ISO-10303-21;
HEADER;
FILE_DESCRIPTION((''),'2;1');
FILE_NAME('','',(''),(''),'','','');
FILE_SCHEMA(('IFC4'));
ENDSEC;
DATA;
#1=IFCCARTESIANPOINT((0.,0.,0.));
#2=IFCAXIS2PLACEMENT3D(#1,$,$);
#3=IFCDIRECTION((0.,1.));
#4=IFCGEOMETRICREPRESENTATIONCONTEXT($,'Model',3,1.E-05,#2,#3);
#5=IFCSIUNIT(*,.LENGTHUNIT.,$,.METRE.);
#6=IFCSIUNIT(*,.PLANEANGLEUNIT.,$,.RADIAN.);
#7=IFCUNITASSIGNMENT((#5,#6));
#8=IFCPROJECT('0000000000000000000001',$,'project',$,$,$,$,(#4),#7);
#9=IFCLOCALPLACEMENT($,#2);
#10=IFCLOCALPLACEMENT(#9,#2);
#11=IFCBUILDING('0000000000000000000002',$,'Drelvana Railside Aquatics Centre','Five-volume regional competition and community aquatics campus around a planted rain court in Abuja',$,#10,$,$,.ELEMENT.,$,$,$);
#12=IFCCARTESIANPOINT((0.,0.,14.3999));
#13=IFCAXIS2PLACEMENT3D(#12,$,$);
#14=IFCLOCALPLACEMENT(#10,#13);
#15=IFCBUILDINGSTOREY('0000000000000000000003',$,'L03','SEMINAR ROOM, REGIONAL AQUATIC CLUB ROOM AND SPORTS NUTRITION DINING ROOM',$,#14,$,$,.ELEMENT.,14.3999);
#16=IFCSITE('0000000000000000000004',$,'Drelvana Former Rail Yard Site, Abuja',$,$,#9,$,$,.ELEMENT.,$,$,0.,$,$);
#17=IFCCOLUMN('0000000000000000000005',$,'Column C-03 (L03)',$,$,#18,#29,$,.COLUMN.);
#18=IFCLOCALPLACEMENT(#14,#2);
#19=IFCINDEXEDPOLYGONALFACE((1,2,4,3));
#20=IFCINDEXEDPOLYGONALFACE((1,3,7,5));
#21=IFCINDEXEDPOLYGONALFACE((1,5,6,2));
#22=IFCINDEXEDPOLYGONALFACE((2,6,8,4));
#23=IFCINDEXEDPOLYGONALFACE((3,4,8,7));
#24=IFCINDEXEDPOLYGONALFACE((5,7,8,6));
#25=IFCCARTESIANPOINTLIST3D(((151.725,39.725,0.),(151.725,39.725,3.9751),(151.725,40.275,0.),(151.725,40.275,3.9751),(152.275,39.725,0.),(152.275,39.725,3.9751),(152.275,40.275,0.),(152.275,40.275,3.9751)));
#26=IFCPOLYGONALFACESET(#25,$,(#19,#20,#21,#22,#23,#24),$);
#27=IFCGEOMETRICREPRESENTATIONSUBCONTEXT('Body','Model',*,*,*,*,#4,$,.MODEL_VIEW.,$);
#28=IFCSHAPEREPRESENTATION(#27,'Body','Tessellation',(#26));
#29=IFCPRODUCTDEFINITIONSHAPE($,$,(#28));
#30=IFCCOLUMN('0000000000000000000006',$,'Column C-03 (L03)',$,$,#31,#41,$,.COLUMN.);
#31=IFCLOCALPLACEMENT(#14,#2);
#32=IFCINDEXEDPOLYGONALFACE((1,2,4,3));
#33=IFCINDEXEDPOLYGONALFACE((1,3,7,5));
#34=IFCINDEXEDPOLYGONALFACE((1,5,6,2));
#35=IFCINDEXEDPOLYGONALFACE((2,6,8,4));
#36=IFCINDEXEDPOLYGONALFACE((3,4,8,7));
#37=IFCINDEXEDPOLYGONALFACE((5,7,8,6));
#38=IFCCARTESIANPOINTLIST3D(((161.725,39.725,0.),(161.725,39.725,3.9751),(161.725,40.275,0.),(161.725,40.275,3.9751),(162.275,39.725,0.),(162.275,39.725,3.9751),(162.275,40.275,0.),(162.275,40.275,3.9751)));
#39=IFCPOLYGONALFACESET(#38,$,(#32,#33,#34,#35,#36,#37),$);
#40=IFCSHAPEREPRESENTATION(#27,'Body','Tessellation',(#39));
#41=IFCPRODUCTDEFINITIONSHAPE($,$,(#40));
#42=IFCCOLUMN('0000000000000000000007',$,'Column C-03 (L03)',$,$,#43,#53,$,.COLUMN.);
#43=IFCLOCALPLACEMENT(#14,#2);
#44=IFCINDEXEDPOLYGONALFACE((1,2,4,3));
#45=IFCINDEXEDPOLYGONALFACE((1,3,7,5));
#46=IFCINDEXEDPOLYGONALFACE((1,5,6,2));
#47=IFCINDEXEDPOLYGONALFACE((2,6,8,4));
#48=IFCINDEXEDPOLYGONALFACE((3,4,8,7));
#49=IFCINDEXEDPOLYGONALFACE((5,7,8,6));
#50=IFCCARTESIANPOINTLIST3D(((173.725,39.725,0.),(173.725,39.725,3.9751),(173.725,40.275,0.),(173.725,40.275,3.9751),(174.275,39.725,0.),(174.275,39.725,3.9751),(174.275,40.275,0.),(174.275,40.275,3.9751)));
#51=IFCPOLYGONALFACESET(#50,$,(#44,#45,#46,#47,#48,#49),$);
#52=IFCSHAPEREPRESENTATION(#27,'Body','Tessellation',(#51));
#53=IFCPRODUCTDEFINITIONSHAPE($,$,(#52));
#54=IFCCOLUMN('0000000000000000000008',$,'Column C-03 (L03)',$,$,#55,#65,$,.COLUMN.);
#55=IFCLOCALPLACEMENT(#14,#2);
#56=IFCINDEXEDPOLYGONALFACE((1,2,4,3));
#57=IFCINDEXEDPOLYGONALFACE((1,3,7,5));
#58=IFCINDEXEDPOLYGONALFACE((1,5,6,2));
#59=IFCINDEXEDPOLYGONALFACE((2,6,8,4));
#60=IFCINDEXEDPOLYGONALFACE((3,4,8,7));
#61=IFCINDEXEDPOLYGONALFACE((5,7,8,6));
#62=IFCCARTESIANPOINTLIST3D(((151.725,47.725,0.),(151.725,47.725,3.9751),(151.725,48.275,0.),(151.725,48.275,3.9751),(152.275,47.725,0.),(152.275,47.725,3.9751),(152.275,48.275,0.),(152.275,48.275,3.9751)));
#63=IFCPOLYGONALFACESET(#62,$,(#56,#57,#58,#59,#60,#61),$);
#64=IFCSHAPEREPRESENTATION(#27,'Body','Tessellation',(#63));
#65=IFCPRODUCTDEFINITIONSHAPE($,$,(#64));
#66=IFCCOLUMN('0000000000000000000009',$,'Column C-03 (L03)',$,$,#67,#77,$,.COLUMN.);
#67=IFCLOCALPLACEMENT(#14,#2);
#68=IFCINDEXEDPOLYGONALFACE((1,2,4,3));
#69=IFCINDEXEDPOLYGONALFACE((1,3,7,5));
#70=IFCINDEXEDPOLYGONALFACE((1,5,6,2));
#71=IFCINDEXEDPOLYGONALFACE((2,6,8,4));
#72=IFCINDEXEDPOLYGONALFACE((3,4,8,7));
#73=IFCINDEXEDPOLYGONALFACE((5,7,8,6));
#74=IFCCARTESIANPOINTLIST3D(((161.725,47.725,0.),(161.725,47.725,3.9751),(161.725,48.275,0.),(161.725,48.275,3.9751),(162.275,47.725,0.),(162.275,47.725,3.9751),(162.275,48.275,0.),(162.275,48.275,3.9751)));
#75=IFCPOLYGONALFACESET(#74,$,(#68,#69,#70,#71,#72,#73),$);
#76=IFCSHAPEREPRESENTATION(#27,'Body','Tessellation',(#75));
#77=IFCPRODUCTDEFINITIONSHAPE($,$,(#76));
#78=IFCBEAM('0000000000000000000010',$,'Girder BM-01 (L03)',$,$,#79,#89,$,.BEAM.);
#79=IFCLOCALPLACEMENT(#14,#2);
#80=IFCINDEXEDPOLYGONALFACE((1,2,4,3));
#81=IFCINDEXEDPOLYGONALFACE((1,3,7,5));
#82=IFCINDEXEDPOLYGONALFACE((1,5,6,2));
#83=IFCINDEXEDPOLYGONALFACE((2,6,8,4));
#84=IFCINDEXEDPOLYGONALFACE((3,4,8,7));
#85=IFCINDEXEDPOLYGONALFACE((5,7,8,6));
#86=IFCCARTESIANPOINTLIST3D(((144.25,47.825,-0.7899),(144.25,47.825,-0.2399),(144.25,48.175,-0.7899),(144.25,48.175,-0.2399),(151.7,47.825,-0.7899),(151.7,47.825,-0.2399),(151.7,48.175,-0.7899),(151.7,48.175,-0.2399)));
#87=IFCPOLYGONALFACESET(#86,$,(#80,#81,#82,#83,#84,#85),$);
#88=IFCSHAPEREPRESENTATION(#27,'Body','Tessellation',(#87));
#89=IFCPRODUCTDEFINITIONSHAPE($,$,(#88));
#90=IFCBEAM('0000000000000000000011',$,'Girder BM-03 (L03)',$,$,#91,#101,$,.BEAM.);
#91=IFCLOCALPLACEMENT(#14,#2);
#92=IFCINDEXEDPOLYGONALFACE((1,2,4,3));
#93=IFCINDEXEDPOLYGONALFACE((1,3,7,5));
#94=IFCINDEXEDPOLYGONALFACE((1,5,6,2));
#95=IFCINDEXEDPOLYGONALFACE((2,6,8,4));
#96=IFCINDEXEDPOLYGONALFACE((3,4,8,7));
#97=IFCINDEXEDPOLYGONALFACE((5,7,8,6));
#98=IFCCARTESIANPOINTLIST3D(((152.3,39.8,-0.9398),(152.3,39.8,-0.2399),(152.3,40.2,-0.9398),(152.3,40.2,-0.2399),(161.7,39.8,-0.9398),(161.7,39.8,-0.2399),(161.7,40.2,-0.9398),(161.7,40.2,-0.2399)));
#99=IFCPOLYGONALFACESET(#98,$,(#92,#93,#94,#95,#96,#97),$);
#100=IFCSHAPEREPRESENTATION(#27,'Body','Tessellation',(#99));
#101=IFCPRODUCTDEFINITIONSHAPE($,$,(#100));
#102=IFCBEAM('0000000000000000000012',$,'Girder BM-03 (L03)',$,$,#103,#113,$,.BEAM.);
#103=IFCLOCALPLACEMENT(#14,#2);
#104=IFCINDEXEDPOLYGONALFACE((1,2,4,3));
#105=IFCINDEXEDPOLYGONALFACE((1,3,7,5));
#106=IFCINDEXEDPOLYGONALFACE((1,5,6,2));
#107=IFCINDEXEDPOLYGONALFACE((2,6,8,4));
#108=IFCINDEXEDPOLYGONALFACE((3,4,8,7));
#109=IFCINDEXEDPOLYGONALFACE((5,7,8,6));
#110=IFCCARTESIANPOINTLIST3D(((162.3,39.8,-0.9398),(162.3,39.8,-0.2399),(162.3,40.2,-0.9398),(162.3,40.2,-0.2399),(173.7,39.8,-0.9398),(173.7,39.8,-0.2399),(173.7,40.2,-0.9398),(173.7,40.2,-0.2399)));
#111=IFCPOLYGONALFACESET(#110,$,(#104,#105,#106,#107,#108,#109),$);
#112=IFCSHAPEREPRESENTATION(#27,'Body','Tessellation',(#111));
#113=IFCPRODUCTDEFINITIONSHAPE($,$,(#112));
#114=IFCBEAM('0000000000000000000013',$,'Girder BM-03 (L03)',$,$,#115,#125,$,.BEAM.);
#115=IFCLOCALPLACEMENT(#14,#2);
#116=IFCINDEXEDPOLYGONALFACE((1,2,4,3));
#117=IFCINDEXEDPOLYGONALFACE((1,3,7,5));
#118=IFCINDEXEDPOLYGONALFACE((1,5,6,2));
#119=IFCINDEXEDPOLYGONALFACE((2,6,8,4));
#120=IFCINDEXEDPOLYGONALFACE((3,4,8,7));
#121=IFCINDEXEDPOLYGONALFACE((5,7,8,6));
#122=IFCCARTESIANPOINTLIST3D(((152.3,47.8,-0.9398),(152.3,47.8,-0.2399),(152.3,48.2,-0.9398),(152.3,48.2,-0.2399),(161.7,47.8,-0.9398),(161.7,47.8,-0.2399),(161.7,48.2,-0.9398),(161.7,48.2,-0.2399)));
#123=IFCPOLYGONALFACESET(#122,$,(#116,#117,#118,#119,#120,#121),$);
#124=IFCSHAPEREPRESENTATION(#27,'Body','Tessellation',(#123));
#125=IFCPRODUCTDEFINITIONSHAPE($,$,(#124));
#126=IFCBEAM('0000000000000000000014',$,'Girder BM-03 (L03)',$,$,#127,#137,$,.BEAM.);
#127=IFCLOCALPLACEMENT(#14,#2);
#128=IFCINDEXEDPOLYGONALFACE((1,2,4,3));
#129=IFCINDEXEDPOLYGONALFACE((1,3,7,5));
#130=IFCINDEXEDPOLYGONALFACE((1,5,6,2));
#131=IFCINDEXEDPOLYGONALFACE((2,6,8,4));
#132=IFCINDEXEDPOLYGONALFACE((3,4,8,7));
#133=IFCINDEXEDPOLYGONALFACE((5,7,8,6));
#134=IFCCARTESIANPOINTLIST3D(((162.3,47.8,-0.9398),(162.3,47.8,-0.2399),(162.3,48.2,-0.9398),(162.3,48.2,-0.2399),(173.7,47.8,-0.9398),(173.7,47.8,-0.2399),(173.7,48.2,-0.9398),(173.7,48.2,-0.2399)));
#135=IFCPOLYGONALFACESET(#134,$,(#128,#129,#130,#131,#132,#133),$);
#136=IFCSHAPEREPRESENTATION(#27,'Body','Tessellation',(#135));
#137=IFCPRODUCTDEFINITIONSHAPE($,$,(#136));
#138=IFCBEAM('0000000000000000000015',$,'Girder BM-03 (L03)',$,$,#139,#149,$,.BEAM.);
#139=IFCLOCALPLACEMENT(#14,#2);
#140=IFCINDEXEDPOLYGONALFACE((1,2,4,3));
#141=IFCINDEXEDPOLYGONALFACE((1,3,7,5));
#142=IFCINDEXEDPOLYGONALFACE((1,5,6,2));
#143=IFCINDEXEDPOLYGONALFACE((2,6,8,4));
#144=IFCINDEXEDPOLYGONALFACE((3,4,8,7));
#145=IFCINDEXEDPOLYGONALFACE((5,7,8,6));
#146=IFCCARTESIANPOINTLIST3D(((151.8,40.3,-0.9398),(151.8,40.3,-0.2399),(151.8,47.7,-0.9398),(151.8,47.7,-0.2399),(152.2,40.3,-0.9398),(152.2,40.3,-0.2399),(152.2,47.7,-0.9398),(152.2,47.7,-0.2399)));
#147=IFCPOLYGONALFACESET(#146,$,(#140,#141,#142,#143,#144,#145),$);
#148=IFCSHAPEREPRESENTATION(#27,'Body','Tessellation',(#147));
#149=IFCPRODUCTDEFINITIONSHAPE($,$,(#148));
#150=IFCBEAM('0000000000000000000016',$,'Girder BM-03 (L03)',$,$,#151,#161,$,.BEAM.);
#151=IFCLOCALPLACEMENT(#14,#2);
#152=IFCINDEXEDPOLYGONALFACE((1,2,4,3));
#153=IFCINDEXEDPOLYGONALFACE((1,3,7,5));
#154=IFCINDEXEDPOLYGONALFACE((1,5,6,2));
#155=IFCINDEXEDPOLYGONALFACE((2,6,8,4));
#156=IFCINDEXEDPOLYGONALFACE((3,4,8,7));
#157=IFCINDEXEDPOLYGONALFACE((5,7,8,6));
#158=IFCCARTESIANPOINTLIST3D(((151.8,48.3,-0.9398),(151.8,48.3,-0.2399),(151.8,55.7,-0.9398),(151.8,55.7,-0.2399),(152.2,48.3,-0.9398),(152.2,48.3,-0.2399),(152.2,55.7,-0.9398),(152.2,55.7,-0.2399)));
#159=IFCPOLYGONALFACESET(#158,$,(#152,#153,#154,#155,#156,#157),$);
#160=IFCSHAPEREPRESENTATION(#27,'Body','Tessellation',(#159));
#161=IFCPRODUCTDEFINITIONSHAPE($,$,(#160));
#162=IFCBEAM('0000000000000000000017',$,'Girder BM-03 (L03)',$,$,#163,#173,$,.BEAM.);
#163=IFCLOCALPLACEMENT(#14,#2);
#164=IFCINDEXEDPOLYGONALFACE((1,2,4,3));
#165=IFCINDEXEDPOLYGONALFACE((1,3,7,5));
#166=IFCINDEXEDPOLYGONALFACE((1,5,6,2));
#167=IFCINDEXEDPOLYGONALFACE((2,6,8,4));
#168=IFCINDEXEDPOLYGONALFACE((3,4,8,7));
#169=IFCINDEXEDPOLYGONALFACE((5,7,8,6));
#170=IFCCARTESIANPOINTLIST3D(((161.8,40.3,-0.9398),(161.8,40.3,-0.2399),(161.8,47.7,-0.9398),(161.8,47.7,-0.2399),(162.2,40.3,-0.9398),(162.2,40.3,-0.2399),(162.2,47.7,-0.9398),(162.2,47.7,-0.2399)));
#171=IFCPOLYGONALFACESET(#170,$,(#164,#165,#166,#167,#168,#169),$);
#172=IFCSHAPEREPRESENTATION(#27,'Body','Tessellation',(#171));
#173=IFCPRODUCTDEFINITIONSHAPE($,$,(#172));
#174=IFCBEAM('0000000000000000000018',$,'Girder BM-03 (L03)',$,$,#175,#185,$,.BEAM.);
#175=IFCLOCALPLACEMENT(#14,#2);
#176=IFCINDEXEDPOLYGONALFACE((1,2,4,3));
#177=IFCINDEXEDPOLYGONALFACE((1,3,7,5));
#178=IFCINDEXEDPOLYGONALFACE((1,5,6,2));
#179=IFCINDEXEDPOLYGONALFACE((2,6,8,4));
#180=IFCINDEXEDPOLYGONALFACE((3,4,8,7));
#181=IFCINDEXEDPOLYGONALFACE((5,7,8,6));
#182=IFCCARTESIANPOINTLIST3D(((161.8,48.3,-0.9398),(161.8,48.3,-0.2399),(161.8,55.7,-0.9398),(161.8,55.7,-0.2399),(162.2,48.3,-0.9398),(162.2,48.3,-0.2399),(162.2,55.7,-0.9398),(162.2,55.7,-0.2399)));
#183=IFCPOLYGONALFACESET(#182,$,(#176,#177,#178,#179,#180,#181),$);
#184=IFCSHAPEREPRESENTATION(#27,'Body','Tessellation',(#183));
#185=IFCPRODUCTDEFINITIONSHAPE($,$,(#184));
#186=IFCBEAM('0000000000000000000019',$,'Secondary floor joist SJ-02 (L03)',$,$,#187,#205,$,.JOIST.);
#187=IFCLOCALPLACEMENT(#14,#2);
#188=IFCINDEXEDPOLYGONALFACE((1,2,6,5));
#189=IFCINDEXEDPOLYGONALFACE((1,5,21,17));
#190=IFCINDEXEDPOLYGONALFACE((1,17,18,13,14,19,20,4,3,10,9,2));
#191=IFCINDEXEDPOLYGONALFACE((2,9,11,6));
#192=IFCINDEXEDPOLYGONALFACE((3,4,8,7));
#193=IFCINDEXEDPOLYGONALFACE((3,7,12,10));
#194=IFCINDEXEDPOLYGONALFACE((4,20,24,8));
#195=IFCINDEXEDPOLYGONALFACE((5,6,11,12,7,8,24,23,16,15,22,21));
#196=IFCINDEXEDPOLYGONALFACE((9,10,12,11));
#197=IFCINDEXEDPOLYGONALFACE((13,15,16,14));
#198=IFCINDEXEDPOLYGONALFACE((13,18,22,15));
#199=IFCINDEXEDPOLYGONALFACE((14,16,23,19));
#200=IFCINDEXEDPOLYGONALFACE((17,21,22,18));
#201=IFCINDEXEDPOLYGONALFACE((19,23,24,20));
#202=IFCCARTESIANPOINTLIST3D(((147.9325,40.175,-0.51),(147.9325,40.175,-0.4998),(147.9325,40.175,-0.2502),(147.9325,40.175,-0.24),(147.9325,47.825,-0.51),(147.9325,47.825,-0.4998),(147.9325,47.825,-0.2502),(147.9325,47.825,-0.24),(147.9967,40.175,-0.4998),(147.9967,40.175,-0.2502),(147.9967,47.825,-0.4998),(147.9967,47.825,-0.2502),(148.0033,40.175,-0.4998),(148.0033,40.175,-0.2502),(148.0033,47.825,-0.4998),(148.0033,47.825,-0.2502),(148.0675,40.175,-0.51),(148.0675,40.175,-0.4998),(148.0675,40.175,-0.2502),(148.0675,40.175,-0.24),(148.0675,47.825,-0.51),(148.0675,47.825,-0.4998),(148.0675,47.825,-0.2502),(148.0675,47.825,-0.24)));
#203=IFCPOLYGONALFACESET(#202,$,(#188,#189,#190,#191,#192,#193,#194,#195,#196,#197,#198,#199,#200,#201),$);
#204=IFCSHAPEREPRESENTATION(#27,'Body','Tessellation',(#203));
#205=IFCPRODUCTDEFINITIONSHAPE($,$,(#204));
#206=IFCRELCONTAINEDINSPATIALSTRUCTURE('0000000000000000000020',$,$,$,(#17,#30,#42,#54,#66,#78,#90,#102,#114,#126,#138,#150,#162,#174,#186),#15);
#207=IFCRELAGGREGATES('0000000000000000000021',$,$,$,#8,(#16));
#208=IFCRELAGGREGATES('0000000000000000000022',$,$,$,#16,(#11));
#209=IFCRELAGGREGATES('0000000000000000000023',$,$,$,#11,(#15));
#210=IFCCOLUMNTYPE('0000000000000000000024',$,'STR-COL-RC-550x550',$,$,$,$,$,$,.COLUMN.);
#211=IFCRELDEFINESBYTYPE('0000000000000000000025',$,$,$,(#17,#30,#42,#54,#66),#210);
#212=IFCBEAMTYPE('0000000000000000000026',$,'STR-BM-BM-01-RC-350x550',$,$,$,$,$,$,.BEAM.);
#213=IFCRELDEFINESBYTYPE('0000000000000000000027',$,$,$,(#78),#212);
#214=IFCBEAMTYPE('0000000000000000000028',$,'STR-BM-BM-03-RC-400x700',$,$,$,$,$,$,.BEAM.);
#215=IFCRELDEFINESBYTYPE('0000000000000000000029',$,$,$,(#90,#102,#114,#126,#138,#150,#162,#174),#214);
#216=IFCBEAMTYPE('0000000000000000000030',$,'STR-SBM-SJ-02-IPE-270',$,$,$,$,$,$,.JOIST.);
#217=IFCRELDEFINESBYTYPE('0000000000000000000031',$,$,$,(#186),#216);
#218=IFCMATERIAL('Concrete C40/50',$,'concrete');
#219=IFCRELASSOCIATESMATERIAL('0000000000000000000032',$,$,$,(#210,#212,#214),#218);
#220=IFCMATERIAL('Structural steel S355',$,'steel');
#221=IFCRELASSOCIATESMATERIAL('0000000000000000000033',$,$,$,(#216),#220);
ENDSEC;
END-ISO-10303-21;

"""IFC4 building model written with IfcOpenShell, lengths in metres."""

from ifc_helpers import new_model, si_unit, direction, frame, origin, origin_2d, place, context, subcontext, project, spatial, rectangle, i_section, extrude, material, material_profile, profile_set, type_object, element, save


model = new_model("IFC4")

# Units and contexts
model_context = context("Model", 3, precision=1e-05, world=origin(), true_north=direction((0.0, 1.0)))
body_context = subcontext(model_context, "Body", "Model", "MODEL_VIEW")
ifc_project = project(units=[si_unit("LENGTHUNIT", "METRE"), si_unit("PLANEANGLEUNIT", "RADIAN")], contexts=[model_context])

# Site, building, storey
site_placement = place(None, origin())
site = spatial("IfcSite", under=ifc_project, at=site_placement, Name="Drelvana Former Rail Yard Site, Abuja", CompositionType="ELEMENT", RefElevation=0.0)
building_placement = place(site_placement, origin())
building = spatial("IfcBuilding", under=site, at=building_placement, Name="Drelvana Railside Aquatics Centre", Description="Five-volume regional competition and community aquatics campus around a planted rain court in Abuja", CompositionType="ELEMENT")
storey_placement = place(building_placement, frame((0.0, 0.0, 14.3999)))
storey = spatial("IfcBuildingStorey", under=building, at=storey_placement, Name="L03", Description="SEMINAR ROOM, REGIONAL AQUATIC CLUB ROOM AND SPORTS NUTRITION DINING ROOM", CompositionType="ELEMENT", Elevation=14.3999)

# Columns
ifc_material_1 = material(Name="Concrete C40/50", Category="concrete")
ifc_material_profile_1 = material_profile(ifc_material_1, rectangle(XDim=0.55, YDim=0.55, at=origin_2d()), Name="RC 550x550")
ifc_profile_set_1 = profile_set([ifc_material_profile_1], Name="Concrete C40/50")
column_type = type_object("IfcColumnType", Name="STR-COL-RC-550x550", PredefinedType="COLUMN", material=ifc_profile_set_1)
for number, where, z_axis, x_axis, name in (
    (1, (152.0, 40.0, 0.0), (0.0, 0.0, 1.0), (1.0, 0.0, 0.0), "Column C-03 (L03)"),
    (2, (162.0, 40.0, 0.0), (0.0, 0.0, 1.0), (1.0, 0.0, 0.0), "Column C-03 (L03)"),
    (3, (174.0, 40.0, 0.0), (0.0, 0.0, 1.0), (1.0, 0.0, 0.0), "Column C-03 (L03)"),
    (4, (152.0, 48.0, 0.0), (0.0, 0.0, 1.0), (1.0, 0.0, 0.0), "Column C-03 (L03)"),
    (5, (162.0, 48.0, 0.0), (0.0, 0.0, 1.0), (1.0, 0.0, 0.0), "Column C-03 (L03)"),
):
    element("IfcColumn", number, at=place(storey_placement, frame(where, z_axis=z_axis, x_axis=x_axis)), inside=storey, type_object=column_type, Name=name, PredefinedType="COLUMN", context=body_context, shape_type="SweptSolid", body=[
        extrude(rectangle(XDim=0.55, YDim=0.55, at=origin_2d()), origin(), (0.0, 0.0, 1.0), 3.9751),
    ])

# Beams
ifc_material_profile_2 = material_profile(ifc_material_1, rectangle(XDim=0.3501, YDim=0.55, at=origin_2d()), Name="RC 350x550")
ifc_profile_set_2 = profile_set([ifc_material_profile_2], Name="Concrete C40/50")
beam_type_1 = type_object("IfcBeamType", Name="STR-BM-BM-01-RC-350x550", PredefinedType="BEAM", material=ifc_profile_set_2)
beam_1_placement = place(storey_placement, frame((144.25, 48.0, -0.5149), z_axis=(1.0, 0.0, 0.0), x_axis=(0.0, 1.0, 0.0)))
element("IfcBeam", 6, at=beam_1_placement, inside=storey, type_object=beam_type_1, Name="Girder BM-01 (L03)", PredefinedType="BEAM", context=body_context, shape_type="SweptSolid", body=[
    extrude(rectangle(XDim=0.3501, YDim=0.55, at=origin_2d()), origin(), (0.0, 0.0, 1.0), 7.45),
])
ifc_material_profile_3 = material_profile(ifc_material_1, rectangle(XDim=0.3999, YDim=0.7, at=origin_2d()), Name="RC 400x700")
ifc_profile_set_3 = profile_set([ifc_material_profile_3], Name="Concrete C40/50")
beam_type_2 = type_object("IfcBeamType", Name="STR-BM-BM-03-RC-400x700", PredefinedType="BEAM", material=ifc_profile_set_3)
beam_2_placement = place(storey_placement, frame((152.3, 40.0, -0.5898), z_axis=(1.0, 0.0, 0.0), x_axis=(0.0, 1.0, 0.0)))
element("IfcBeam", 7, at=beam_2_placement, inside=storey, type_object=beam_type_2, Name="Girder BM-03 (L03)", PredefinedType="BEAM", context=body_context, shape_type="SweptSolid", body=[
    extrude(rectangle(XDim=0.3999, YDim=0.7, at=origin_2d()), origin(), (0.0, 0.0, 1.0), 9.3999),
])
beam_3_placement = place(storey_placement, frame((162.3, 40.0, -0.5898), z_axis=(1.0, 0.0, 0.0), x_axis=(0.0, 1.0, 0.0)))
element("IfcBeam", 8, at=beam_3_placement, inside=storey, type_object=beam_type_2, Name="Girder BM-03 (L03)", PredefinedType="BEAM", context=body_context, shape_type="SweptSolid", body=[
    extrude(rectangle(XDim=0.3999, YDim=0.7, at=origin_2d()), origin(), (0.0, 0.0, 1.0), 11.3999),
])
beam_4_placement = place(storey_placement, frame((152.3, 48.0, -0.5898), z_axis=(1.0, 0.0, 0.0), x_axis=(0.0, 1.0, 0.0)))
element("IfcBeam", 9, at=beam_4_placement, inside=storey, type_object=beam_type_2, Name="Girder BM-03 (L03)", PredefinedType="BEAM", context=body_context, shape_type="SweptSolid", body=[
    extrude(rectangle(XDim=0.3999, YDim=0.7, at=origin_2d()), origin(), (0.0, 0.0, 1.0), 9.3999),
])
beam_5_placement = place(storey_placement, frame((162.3, 48.0, -0.5898), z_axis=(1.0, 0.0, 0.0), x_axis=(0.0, 1.0, 0.0)))
element("IfcBeam", 10, at=beam_5_placement, inside=storey, type_object=beam_type_2, Name="Girder BM-03 (L03)", PredefinedType="BEAM", context=body_context, shape_type="SweptSolid", body=[
    extrude(rectangle(XDim=0.3999, YDim=0.7, at=origin_2d()), origin(), (0.0, 0.0, 1.0), 11.3999),
])
for number, where, z_axis, x_axis, name in (
    (11, (152.0, 40.3, -0.5898), (0.0, 1.0, 0.0), (-1.0, 0.0, 0.0), "Girder BM-03 (L03)"),
    (12, (152.0, 48.3, -0.5898), (0.0, 1.0, 0.0), (-1.0, 0.0, 0.0), "Girder BM-03 (L03)"),
    (13, (162.0, 40.3, -0.5898), (0.0, 1.0, 0.0), (-1.0, 0.0, 0.0), "Girder BM-03 (L03)"),
    (14, (162.0, 48.3, -0.5898), (0.0, 1.0, 0.0), (-1.0, 0.0, 0.0), "Girder BM-03 (L03)"),
):
    element("IfcBeam", number, at=place(storey_placement, frame(where, z_axis=z_axis, x_axis=x_axis)), inside=storey, type_object=beam_type_2, Name=name, PredefinedType="BEAM", context=body_context, shape_type="SweptSolid", body=[
        extrude(rectangle(XDim=0.3999, YDim=0.7, at=origin_2d()), origin(), (0.0, 0.0, 1.0), 7.3999),
    ])
ifc_material_2 = material(Name="Structural steel S355", Category="steel")
ifc_material_profile_4 = material_profile(ifc_material_2, i_section(OverallWidth=0.135, OverallDepth=0.27, WebThickness=0.0066, FlangeThickness=0.0103, at=origin_2d()), Name="IPE 270")
ifc_profile_set_4 = profile_set([ifc_material_profile_4], Name="Structural steel S355")
beam_type_3 = type_object("IfcBeamType", Name="STR-SBM-SJ-02-IPE-270", PredefinedType="JOIST", material=ifc_profile_set_4)
for number, where, z_axis, x_axis, name in (
    (15, (148.0, 40.175, -0.375), (0.0, 1.0, 0.0), (-1.0, 0.0, 0.0), "Secondary floor joist SJ-02 (L03)"),
):
    element("IfcBeam", number, at=place(storey_placement, frame(where, z_axis=z_axis, x_axis=x_axis)), inside=storey, type_object=beam_type_3, Name=name, PredefinedType="JOIST", context=body_context, shape_type="SweptSolid", body=[
        extrude(i_section(OverallWidth=0.135, OverallDepth=0.27, WebThickness=0.0066, FlangeThickness=0.0103, at=origin_2d()), origin(), (0.0, 0.0, 1.0), 7.6499),
    ])

save(model, "model.ifc")
